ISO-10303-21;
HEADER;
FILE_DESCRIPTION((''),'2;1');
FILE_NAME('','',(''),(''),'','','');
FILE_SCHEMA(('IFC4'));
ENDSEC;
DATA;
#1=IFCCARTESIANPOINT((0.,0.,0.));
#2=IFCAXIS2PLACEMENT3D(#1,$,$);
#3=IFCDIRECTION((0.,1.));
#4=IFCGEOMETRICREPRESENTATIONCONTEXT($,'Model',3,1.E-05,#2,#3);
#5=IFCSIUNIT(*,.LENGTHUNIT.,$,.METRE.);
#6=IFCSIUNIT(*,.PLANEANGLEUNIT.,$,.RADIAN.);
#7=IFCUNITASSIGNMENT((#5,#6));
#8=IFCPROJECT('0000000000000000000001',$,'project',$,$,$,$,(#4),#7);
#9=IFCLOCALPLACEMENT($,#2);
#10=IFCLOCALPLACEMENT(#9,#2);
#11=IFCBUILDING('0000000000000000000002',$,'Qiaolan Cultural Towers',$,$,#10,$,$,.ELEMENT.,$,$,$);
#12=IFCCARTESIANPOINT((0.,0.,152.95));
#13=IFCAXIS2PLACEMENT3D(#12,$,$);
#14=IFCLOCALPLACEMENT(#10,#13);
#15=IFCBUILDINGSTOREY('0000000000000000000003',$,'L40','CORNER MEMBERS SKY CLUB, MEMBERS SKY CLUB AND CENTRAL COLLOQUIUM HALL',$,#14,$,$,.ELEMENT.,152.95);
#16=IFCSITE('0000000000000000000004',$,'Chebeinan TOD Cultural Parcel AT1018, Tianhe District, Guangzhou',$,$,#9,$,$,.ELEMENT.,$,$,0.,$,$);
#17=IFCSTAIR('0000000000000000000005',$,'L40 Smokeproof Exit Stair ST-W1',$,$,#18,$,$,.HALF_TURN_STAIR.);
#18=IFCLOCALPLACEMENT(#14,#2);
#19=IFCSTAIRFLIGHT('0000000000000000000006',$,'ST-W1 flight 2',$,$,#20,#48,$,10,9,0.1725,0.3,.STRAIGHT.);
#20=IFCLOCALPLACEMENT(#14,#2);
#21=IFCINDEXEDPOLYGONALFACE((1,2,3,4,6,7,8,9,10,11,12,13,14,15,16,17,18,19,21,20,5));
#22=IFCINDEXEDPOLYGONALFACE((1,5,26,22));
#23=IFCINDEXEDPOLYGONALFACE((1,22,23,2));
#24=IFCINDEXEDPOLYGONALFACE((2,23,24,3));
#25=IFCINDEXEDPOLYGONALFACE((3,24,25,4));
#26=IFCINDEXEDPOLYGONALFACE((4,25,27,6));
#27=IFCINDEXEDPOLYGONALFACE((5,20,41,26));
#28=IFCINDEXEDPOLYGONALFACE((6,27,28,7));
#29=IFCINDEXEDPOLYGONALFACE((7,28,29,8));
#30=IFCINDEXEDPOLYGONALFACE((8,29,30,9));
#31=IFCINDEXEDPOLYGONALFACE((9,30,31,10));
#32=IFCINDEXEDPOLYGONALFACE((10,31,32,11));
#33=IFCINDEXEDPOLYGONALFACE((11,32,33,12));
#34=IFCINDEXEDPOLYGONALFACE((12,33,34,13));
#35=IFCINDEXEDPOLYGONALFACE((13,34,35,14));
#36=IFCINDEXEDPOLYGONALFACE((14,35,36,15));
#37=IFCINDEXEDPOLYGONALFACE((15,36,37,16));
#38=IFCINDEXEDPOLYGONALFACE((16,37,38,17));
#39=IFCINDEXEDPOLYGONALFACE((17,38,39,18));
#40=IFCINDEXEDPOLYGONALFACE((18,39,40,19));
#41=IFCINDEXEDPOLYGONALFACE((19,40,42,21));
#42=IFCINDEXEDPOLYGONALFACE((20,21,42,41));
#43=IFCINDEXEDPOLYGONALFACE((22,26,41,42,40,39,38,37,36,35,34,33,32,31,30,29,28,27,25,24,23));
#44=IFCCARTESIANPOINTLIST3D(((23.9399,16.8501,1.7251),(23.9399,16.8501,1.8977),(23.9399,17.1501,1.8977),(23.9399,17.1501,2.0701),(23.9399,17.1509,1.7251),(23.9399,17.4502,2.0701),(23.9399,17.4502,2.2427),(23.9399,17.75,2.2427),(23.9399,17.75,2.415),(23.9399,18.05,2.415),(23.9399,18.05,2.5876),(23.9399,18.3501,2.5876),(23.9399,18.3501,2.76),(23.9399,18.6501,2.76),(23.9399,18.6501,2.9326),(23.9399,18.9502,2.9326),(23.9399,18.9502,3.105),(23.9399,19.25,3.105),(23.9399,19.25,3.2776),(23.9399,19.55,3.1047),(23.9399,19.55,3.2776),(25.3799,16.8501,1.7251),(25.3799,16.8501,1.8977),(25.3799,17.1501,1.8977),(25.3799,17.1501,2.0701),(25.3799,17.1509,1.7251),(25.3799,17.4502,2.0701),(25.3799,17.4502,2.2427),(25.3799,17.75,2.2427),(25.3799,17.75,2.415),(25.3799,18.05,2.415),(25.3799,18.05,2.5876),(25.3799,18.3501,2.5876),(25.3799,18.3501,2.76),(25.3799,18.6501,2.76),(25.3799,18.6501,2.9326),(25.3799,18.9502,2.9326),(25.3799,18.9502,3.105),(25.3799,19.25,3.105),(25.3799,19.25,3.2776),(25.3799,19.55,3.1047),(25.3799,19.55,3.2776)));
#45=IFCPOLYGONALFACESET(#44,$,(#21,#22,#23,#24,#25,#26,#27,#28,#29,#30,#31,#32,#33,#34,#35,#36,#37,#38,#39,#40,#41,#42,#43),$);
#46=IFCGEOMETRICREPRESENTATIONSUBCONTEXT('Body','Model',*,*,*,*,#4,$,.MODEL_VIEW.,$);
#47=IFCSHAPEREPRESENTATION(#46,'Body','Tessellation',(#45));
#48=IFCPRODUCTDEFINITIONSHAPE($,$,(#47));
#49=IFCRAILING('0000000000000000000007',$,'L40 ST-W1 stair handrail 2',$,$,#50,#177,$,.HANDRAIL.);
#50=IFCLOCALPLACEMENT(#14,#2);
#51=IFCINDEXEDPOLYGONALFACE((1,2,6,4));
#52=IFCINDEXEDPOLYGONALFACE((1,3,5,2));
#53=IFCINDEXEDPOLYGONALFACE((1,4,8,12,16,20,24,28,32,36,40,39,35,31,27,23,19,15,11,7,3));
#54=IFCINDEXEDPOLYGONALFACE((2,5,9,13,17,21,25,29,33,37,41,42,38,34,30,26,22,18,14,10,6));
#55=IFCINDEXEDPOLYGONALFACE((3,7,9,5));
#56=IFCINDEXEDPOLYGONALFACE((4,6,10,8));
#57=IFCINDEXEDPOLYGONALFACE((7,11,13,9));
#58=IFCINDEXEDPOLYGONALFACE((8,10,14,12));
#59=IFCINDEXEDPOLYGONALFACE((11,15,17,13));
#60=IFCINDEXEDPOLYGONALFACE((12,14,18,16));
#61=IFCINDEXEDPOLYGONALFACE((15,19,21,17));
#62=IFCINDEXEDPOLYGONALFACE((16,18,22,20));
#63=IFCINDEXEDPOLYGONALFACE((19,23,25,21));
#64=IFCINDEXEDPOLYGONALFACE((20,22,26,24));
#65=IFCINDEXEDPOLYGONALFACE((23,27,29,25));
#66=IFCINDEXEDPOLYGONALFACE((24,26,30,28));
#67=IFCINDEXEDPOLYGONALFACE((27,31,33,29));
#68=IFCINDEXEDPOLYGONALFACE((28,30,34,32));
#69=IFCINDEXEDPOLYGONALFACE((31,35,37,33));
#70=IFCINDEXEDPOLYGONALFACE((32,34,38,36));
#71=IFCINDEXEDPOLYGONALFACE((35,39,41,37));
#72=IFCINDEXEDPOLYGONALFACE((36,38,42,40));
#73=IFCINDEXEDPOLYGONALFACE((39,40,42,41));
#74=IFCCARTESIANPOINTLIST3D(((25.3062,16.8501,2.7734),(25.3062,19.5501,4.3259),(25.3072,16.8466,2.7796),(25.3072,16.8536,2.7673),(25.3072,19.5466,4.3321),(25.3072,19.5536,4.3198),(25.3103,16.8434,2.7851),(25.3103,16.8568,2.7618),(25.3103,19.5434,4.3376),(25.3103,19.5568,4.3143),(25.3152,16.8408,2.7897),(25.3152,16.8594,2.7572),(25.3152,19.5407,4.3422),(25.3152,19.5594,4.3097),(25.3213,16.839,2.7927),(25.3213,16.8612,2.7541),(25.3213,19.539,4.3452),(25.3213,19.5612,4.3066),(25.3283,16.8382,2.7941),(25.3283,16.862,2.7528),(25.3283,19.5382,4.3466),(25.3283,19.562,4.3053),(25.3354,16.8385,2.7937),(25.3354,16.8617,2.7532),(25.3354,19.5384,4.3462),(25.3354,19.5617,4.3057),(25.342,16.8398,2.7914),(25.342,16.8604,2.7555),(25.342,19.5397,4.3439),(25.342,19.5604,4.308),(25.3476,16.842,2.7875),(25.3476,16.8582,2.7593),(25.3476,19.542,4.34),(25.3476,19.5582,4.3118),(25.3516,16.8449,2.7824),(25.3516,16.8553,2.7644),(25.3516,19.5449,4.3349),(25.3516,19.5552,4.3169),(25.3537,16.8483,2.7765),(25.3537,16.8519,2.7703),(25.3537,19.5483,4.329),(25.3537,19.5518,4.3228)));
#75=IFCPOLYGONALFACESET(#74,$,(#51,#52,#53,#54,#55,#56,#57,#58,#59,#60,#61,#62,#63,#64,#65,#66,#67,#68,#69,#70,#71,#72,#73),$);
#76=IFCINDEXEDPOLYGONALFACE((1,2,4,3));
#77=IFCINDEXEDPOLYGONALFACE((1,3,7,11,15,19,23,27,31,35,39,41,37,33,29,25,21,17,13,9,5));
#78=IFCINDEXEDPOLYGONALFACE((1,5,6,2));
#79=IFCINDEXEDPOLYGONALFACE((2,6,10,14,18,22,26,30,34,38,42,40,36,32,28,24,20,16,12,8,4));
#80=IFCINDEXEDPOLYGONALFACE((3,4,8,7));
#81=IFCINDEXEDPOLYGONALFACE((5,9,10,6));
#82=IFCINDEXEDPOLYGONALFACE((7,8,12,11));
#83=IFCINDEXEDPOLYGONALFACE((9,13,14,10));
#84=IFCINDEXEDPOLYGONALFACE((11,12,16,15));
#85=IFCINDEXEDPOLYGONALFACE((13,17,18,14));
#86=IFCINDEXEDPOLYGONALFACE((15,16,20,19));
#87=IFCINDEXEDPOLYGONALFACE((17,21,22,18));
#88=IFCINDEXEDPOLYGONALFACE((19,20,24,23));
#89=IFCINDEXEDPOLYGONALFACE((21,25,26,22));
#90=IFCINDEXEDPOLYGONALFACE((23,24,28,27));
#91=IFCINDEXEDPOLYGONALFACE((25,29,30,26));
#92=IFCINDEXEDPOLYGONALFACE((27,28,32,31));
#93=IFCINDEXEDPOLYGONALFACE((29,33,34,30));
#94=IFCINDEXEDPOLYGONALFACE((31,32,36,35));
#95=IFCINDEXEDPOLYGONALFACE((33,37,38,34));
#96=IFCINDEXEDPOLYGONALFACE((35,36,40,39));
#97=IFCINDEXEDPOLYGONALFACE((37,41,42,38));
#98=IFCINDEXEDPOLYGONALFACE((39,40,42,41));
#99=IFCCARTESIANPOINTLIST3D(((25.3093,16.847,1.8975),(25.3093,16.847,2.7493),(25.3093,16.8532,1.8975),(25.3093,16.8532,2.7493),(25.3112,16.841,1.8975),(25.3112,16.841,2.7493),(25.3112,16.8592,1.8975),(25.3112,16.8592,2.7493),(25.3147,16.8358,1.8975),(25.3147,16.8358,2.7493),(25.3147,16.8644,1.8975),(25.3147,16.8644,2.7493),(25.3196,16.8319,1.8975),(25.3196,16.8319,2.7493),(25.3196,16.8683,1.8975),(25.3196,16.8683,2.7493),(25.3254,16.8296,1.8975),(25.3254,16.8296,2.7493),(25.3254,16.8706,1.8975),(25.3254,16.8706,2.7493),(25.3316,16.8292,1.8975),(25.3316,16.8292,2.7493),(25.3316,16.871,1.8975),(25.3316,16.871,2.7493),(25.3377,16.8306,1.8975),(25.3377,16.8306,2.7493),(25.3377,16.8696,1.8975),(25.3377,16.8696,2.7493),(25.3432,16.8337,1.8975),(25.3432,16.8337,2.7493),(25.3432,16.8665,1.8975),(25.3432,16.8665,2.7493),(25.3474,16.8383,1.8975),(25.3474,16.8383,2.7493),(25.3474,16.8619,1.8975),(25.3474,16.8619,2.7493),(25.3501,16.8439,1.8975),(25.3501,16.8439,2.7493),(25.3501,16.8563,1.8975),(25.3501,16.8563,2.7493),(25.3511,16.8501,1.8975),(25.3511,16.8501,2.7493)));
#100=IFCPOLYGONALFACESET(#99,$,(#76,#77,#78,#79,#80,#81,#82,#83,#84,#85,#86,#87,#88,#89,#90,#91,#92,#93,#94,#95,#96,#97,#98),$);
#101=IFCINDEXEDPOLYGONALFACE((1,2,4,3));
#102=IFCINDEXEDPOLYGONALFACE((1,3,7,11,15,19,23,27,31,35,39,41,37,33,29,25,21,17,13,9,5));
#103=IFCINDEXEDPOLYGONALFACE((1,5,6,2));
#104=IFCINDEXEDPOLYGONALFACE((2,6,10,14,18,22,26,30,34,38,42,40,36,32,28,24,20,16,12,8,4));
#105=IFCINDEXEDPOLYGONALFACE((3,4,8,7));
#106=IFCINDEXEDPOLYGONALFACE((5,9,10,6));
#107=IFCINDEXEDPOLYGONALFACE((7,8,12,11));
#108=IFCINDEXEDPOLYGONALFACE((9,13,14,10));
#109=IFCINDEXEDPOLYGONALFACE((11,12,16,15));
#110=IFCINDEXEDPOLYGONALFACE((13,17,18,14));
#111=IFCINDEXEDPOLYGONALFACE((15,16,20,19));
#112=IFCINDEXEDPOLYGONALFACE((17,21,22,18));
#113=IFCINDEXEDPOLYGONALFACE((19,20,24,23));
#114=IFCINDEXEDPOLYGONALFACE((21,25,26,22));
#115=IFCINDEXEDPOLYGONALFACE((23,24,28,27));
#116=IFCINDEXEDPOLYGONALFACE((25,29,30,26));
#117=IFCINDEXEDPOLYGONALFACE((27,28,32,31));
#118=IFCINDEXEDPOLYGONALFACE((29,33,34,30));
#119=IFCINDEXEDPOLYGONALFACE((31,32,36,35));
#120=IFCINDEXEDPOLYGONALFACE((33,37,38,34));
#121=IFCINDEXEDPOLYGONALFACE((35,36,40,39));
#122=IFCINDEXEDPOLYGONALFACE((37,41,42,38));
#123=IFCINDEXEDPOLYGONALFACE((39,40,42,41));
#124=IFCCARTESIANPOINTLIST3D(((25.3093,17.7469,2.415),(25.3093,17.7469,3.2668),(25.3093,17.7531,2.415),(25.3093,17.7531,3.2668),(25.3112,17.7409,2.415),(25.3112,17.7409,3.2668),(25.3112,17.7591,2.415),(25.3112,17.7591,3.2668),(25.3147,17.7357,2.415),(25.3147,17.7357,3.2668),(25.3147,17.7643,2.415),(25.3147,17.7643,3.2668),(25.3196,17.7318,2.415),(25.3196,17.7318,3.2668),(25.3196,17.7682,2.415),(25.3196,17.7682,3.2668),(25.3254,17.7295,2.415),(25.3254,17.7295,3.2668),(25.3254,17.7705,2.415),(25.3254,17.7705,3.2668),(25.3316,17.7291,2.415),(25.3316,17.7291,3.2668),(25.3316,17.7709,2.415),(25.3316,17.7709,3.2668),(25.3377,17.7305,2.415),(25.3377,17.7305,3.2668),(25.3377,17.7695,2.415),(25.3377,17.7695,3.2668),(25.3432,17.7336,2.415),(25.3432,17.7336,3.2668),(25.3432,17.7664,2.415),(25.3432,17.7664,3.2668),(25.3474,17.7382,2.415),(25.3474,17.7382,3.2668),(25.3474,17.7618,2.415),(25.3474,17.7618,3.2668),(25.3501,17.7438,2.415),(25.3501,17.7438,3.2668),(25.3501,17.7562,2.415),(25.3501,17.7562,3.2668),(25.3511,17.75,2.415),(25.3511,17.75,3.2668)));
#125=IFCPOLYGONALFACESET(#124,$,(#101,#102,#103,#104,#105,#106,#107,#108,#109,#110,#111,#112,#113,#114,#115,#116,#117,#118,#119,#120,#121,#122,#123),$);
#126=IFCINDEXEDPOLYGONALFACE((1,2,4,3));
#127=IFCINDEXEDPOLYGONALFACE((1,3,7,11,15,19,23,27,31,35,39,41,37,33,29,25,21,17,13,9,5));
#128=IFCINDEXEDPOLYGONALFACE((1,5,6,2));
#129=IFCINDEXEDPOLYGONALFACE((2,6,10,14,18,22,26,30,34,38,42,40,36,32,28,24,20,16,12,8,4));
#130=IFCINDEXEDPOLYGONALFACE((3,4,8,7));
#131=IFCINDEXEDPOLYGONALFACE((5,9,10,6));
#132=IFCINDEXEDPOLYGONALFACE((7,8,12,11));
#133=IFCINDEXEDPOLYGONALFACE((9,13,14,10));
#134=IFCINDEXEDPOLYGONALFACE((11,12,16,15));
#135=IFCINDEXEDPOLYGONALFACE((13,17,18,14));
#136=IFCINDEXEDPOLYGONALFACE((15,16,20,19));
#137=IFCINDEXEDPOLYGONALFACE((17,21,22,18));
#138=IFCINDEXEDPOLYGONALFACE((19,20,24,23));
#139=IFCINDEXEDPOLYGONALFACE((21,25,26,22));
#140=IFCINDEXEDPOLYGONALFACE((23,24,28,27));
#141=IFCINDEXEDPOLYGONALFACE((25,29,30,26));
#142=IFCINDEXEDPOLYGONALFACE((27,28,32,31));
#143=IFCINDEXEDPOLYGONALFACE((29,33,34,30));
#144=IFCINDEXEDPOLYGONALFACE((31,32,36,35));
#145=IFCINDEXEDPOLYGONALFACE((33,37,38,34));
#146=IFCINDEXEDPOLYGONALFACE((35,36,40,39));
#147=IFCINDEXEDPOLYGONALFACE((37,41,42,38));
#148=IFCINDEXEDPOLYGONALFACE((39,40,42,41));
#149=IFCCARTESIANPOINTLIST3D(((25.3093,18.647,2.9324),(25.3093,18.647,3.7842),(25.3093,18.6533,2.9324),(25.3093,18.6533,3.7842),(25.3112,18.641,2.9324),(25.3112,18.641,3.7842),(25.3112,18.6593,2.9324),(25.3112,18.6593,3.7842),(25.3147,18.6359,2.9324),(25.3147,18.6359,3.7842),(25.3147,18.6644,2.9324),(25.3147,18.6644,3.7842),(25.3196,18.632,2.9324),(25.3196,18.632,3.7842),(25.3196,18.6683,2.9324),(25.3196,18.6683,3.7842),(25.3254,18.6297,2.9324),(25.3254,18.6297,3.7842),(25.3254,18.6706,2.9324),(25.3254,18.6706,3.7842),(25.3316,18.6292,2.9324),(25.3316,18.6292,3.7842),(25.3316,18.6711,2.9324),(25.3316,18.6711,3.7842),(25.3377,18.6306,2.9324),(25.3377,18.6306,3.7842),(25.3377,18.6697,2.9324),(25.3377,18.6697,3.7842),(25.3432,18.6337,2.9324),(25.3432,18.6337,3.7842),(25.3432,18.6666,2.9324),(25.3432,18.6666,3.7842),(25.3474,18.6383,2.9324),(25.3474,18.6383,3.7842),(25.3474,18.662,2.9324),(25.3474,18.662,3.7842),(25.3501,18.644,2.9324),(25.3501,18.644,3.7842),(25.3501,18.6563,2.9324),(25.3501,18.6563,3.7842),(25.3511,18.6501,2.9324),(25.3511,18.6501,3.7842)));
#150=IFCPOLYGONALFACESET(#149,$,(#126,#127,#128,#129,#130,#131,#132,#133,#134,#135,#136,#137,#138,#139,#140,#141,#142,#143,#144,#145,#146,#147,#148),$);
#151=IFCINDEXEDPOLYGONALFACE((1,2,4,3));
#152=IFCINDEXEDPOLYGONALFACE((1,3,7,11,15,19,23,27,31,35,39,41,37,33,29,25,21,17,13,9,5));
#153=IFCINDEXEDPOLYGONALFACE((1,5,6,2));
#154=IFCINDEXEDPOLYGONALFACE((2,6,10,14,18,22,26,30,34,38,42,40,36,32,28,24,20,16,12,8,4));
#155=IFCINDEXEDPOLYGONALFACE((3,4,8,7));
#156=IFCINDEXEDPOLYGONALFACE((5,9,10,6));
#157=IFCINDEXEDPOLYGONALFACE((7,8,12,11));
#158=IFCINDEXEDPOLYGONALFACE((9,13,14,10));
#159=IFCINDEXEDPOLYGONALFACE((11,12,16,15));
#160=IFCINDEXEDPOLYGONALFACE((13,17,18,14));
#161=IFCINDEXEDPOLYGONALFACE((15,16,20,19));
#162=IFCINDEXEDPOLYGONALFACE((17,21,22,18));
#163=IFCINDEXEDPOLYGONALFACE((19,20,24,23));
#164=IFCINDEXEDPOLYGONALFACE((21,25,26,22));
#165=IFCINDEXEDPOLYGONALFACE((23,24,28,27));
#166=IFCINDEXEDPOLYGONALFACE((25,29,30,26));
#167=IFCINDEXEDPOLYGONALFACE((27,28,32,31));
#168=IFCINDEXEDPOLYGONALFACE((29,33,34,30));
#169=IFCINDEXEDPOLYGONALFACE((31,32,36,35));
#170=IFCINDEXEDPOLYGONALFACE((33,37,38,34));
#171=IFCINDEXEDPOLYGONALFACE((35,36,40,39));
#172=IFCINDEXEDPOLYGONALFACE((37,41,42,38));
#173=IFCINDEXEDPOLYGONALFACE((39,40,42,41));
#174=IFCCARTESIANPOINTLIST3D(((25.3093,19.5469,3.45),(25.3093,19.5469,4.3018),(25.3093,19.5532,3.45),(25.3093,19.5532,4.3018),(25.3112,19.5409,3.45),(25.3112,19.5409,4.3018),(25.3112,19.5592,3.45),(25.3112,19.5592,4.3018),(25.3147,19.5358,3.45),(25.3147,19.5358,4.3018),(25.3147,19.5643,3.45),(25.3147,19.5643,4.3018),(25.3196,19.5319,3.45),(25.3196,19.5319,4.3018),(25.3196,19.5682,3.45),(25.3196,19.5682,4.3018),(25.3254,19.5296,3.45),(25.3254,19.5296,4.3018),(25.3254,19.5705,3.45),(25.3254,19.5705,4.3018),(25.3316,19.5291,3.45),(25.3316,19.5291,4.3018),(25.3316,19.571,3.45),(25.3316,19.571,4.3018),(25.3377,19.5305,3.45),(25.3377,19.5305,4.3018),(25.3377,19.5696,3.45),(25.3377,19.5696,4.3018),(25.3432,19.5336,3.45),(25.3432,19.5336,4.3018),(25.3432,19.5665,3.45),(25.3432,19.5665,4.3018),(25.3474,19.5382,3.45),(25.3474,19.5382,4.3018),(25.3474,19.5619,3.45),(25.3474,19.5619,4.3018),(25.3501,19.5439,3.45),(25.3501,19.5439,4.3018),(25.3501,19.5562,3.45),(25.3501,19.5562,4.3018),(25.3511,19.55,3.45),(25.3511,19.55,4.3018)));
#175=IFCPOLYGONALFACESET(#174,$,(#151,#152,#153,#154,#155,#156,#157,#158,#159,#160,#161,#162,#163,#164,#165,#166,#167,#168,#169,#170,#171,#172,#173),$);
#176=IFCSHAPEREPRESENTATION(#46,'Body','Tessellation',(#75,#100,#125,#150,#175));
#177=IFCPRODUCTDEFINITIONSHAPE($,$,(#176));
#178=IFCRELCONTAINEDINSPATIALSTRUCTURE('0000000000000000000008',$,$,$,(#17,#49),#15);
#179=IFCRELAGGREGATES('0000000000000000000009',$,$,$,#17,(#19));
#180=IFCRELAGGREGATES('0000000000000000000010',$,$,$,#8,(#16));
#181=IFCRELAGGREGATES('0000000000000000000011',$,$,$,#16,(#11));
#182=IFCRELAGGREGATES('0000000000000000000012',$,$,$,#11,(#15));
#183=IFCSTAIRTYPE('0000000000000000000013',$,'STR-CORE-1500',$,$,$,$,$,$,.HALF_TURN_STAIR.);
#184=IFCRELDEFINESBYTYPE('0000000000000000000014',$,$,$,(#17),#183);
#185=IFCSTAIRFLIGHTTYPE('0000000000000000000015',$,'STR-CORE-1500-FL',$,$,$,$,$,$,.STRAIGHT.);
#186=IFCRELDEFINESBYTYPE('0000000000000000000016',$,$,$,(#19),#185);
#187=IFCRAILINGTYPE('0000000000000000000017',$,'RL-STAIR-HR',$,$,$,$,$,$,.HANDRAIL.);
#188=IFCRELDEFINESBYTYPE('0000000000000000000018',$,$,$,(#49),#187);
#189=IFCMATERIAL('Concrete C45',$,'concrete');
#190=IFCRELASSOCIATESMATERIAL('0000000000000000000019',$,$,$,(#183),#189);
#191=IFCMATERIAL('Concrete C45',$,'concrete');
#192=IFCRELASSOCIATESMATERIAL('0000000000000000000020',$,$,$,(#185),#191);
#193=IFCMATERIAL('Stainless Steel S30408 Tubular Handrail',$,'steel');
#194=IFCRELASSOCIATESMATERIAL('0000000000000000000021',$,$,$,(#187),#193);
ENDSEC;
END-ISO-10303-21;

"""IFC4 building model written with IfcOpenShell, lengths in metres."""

from ifc_helpers import new_model, si_unit, direction, frame, origin, origin_2d, place, context, subcontext, project, spatial, polyline, circle, outline, extrude, material, type_object, element, aggregate, save


model = new_model("IFC4")

# Units and contexts
model_context = context("Model", 3, precision=1e-05, world=origin(), true_north=direction((0.0, 1.0)))
body_context = subcontext(model_context, "Body", "Model", "MODEL_VIEW")
ifc_project = project(units=[si_unit("LENGTHUNIT", "METRE"), si_unit("PLANEANGLEUNIT", "RADIAN")], contexts=[model_context])

# Site, building, storey
site_placement = place(None, origin())
site = spatial("IfcSite", under=ifc_project, at=site_placement, Name="Chebeinan TOD Cultural Parcel AT1018, Tianhe District, Guangzhou", CompositionType="ELEMENT", RefElevation=0.0)
building_placement = place(site_placement, origin())
building = spatial("IfcBuilding", under=site, at=building_placement, Name="Qiaolan Cultural Towers", CompositionType="ELEMENT")
storey_placement = place(building_placement, frame((0.0, 0.0, 152.95)))
storey = spatial("IfcBuildingStorey", under=building, at=storey_placement, Name="L40", Description="CORNER MEMBERS SKY CLUB, MEMBERS SKY CLUB AND CENTRAL COLLOQUIUM HALL", CompositionType="ELEMENT", Elevation=152.95)

# Stair, stair flight
ifc_material_1 = material(Name="Concrete C45", Category="concrete")
stair_type = type_object("IfcStairType", Name="STR-CORE-1500", PredefinedType="HALF_TURN_STAIR", material=ifc_material_1)
stair_placement = place(storey_placement, origin())
stair = element("IfcStair", 1, at=stair_placement, inside=storey, type_object=stair_type, Name="L40 Smokeproof Exit Stair ST-W1", PredefinedType="HALF_TURN_STAIR")
ifc_material_2 = material(Name="Concrete C45", Category="concrete")
stair_flight_type = type_object("IfcStairFlightType", Name="STR-CORE-1500-FL", PredefinedType="STRAIGHT", material=ifc_material_2)
stair_flight_placement = place(storey_placement, frame((24.6599, 16.8501, 1.7251), z_axis=(0.0, 0.0, 1.0), x_axis=(0.0, 1.0, 0.0)))
stair_flight = element("IfcStairFlight", 2, at=stair_flight_placement, type_object=stair_flight_type, Name="ST-W1 flight 2", NumberOfRisers=10, NumberOfTreads=9, PredefinedType="STRAIGHT", RiserHeight=0.1725, TreadLength=0.3, context=body_context, shape_type="SweptSolid", body=[
    extrude(outline(polyline([(0.0, 0.0), (0.0, 0.1726), (0.3, 0.1726), (0.3, 0.345), (0.6001, 0.345), (0.6001, 0.5176), (0.8999, 0.5176), (0.8999, 0.6899), (1.2, 0.6899), (1.2, 0.8625), (1.5, 0.8625), (1.5, 1.0349), (1.8, 1.0349), (1.8, 1.2075), (2.1001, 1.2075), (2.1001, 1.3799), (2.3999, 1.3799), (2.3999, 1.5525), (2.7, 1.5525), (2.7, 1.7251), (2.7, 1.3796), (0.3008, 0.0), (0.0, 0.0)])), frame((0.0, 0.72, 0.0), z_axis=(0.0, -1.0, 0.0), x_axis=(1.0, 0.0, 0.0)), (0.0, 0.0, 1.0), 1.4399),
])
aggregate(stair, [stair_flight])

# Railing
ifc_material_3 = material(Name="Stainless Steel S30408 Tubular Handrail", Category="steel")
railing_type = type_object("IfcRailingType", Name="RL-STAIR-HR", PredefinedType="HANDRAIL", material=ifc_material_3)
railing_placement = place(storey_placement, frame((25.3301, 16.8501, 1.8975)))
element("IfcRailing", 3, at=railing_placement, inside=storey, type_object=railing_type, Name="L40 ST-W1 stair handrail 2", PredefinedType="HANDRAIL", context=body_context, shape_type="SweptSolid", body=[
    extrude(circle(Radius=0.0239, at=origin_2d()), frame((0.0, 0.0, 0.876), z_axis=(0.0, 0.866904, 0.498476), x_axis=(-1.0, 0.0, 0.0)), (0.0, 0.0, 1.0), 3.1145),
    extrude(circle(Radius=0.021, at=origin_2d()), origin(), (0.0, 0.0, 1.0), 0.8518),
    extrude(circle(Radius=0.021, at=origin_2d()), frame((0.0, 0.8999, 0.5176)), (0.0, 0.0, 1.0), 0.8518),
    extrude(circle(Radius=0.021, at=origin_2d()), frame((0.0, 1.8, 1.0349)), (0.0, 0.0, 1.0), 0.8518),
    extrude(circle(Radius=0.021, at=origin_2d()), frame((0.0, 2.7, 1.5525)), (0.0, 0.0, 1.0), 0.8518),
])

save(model, "model.ifc")
